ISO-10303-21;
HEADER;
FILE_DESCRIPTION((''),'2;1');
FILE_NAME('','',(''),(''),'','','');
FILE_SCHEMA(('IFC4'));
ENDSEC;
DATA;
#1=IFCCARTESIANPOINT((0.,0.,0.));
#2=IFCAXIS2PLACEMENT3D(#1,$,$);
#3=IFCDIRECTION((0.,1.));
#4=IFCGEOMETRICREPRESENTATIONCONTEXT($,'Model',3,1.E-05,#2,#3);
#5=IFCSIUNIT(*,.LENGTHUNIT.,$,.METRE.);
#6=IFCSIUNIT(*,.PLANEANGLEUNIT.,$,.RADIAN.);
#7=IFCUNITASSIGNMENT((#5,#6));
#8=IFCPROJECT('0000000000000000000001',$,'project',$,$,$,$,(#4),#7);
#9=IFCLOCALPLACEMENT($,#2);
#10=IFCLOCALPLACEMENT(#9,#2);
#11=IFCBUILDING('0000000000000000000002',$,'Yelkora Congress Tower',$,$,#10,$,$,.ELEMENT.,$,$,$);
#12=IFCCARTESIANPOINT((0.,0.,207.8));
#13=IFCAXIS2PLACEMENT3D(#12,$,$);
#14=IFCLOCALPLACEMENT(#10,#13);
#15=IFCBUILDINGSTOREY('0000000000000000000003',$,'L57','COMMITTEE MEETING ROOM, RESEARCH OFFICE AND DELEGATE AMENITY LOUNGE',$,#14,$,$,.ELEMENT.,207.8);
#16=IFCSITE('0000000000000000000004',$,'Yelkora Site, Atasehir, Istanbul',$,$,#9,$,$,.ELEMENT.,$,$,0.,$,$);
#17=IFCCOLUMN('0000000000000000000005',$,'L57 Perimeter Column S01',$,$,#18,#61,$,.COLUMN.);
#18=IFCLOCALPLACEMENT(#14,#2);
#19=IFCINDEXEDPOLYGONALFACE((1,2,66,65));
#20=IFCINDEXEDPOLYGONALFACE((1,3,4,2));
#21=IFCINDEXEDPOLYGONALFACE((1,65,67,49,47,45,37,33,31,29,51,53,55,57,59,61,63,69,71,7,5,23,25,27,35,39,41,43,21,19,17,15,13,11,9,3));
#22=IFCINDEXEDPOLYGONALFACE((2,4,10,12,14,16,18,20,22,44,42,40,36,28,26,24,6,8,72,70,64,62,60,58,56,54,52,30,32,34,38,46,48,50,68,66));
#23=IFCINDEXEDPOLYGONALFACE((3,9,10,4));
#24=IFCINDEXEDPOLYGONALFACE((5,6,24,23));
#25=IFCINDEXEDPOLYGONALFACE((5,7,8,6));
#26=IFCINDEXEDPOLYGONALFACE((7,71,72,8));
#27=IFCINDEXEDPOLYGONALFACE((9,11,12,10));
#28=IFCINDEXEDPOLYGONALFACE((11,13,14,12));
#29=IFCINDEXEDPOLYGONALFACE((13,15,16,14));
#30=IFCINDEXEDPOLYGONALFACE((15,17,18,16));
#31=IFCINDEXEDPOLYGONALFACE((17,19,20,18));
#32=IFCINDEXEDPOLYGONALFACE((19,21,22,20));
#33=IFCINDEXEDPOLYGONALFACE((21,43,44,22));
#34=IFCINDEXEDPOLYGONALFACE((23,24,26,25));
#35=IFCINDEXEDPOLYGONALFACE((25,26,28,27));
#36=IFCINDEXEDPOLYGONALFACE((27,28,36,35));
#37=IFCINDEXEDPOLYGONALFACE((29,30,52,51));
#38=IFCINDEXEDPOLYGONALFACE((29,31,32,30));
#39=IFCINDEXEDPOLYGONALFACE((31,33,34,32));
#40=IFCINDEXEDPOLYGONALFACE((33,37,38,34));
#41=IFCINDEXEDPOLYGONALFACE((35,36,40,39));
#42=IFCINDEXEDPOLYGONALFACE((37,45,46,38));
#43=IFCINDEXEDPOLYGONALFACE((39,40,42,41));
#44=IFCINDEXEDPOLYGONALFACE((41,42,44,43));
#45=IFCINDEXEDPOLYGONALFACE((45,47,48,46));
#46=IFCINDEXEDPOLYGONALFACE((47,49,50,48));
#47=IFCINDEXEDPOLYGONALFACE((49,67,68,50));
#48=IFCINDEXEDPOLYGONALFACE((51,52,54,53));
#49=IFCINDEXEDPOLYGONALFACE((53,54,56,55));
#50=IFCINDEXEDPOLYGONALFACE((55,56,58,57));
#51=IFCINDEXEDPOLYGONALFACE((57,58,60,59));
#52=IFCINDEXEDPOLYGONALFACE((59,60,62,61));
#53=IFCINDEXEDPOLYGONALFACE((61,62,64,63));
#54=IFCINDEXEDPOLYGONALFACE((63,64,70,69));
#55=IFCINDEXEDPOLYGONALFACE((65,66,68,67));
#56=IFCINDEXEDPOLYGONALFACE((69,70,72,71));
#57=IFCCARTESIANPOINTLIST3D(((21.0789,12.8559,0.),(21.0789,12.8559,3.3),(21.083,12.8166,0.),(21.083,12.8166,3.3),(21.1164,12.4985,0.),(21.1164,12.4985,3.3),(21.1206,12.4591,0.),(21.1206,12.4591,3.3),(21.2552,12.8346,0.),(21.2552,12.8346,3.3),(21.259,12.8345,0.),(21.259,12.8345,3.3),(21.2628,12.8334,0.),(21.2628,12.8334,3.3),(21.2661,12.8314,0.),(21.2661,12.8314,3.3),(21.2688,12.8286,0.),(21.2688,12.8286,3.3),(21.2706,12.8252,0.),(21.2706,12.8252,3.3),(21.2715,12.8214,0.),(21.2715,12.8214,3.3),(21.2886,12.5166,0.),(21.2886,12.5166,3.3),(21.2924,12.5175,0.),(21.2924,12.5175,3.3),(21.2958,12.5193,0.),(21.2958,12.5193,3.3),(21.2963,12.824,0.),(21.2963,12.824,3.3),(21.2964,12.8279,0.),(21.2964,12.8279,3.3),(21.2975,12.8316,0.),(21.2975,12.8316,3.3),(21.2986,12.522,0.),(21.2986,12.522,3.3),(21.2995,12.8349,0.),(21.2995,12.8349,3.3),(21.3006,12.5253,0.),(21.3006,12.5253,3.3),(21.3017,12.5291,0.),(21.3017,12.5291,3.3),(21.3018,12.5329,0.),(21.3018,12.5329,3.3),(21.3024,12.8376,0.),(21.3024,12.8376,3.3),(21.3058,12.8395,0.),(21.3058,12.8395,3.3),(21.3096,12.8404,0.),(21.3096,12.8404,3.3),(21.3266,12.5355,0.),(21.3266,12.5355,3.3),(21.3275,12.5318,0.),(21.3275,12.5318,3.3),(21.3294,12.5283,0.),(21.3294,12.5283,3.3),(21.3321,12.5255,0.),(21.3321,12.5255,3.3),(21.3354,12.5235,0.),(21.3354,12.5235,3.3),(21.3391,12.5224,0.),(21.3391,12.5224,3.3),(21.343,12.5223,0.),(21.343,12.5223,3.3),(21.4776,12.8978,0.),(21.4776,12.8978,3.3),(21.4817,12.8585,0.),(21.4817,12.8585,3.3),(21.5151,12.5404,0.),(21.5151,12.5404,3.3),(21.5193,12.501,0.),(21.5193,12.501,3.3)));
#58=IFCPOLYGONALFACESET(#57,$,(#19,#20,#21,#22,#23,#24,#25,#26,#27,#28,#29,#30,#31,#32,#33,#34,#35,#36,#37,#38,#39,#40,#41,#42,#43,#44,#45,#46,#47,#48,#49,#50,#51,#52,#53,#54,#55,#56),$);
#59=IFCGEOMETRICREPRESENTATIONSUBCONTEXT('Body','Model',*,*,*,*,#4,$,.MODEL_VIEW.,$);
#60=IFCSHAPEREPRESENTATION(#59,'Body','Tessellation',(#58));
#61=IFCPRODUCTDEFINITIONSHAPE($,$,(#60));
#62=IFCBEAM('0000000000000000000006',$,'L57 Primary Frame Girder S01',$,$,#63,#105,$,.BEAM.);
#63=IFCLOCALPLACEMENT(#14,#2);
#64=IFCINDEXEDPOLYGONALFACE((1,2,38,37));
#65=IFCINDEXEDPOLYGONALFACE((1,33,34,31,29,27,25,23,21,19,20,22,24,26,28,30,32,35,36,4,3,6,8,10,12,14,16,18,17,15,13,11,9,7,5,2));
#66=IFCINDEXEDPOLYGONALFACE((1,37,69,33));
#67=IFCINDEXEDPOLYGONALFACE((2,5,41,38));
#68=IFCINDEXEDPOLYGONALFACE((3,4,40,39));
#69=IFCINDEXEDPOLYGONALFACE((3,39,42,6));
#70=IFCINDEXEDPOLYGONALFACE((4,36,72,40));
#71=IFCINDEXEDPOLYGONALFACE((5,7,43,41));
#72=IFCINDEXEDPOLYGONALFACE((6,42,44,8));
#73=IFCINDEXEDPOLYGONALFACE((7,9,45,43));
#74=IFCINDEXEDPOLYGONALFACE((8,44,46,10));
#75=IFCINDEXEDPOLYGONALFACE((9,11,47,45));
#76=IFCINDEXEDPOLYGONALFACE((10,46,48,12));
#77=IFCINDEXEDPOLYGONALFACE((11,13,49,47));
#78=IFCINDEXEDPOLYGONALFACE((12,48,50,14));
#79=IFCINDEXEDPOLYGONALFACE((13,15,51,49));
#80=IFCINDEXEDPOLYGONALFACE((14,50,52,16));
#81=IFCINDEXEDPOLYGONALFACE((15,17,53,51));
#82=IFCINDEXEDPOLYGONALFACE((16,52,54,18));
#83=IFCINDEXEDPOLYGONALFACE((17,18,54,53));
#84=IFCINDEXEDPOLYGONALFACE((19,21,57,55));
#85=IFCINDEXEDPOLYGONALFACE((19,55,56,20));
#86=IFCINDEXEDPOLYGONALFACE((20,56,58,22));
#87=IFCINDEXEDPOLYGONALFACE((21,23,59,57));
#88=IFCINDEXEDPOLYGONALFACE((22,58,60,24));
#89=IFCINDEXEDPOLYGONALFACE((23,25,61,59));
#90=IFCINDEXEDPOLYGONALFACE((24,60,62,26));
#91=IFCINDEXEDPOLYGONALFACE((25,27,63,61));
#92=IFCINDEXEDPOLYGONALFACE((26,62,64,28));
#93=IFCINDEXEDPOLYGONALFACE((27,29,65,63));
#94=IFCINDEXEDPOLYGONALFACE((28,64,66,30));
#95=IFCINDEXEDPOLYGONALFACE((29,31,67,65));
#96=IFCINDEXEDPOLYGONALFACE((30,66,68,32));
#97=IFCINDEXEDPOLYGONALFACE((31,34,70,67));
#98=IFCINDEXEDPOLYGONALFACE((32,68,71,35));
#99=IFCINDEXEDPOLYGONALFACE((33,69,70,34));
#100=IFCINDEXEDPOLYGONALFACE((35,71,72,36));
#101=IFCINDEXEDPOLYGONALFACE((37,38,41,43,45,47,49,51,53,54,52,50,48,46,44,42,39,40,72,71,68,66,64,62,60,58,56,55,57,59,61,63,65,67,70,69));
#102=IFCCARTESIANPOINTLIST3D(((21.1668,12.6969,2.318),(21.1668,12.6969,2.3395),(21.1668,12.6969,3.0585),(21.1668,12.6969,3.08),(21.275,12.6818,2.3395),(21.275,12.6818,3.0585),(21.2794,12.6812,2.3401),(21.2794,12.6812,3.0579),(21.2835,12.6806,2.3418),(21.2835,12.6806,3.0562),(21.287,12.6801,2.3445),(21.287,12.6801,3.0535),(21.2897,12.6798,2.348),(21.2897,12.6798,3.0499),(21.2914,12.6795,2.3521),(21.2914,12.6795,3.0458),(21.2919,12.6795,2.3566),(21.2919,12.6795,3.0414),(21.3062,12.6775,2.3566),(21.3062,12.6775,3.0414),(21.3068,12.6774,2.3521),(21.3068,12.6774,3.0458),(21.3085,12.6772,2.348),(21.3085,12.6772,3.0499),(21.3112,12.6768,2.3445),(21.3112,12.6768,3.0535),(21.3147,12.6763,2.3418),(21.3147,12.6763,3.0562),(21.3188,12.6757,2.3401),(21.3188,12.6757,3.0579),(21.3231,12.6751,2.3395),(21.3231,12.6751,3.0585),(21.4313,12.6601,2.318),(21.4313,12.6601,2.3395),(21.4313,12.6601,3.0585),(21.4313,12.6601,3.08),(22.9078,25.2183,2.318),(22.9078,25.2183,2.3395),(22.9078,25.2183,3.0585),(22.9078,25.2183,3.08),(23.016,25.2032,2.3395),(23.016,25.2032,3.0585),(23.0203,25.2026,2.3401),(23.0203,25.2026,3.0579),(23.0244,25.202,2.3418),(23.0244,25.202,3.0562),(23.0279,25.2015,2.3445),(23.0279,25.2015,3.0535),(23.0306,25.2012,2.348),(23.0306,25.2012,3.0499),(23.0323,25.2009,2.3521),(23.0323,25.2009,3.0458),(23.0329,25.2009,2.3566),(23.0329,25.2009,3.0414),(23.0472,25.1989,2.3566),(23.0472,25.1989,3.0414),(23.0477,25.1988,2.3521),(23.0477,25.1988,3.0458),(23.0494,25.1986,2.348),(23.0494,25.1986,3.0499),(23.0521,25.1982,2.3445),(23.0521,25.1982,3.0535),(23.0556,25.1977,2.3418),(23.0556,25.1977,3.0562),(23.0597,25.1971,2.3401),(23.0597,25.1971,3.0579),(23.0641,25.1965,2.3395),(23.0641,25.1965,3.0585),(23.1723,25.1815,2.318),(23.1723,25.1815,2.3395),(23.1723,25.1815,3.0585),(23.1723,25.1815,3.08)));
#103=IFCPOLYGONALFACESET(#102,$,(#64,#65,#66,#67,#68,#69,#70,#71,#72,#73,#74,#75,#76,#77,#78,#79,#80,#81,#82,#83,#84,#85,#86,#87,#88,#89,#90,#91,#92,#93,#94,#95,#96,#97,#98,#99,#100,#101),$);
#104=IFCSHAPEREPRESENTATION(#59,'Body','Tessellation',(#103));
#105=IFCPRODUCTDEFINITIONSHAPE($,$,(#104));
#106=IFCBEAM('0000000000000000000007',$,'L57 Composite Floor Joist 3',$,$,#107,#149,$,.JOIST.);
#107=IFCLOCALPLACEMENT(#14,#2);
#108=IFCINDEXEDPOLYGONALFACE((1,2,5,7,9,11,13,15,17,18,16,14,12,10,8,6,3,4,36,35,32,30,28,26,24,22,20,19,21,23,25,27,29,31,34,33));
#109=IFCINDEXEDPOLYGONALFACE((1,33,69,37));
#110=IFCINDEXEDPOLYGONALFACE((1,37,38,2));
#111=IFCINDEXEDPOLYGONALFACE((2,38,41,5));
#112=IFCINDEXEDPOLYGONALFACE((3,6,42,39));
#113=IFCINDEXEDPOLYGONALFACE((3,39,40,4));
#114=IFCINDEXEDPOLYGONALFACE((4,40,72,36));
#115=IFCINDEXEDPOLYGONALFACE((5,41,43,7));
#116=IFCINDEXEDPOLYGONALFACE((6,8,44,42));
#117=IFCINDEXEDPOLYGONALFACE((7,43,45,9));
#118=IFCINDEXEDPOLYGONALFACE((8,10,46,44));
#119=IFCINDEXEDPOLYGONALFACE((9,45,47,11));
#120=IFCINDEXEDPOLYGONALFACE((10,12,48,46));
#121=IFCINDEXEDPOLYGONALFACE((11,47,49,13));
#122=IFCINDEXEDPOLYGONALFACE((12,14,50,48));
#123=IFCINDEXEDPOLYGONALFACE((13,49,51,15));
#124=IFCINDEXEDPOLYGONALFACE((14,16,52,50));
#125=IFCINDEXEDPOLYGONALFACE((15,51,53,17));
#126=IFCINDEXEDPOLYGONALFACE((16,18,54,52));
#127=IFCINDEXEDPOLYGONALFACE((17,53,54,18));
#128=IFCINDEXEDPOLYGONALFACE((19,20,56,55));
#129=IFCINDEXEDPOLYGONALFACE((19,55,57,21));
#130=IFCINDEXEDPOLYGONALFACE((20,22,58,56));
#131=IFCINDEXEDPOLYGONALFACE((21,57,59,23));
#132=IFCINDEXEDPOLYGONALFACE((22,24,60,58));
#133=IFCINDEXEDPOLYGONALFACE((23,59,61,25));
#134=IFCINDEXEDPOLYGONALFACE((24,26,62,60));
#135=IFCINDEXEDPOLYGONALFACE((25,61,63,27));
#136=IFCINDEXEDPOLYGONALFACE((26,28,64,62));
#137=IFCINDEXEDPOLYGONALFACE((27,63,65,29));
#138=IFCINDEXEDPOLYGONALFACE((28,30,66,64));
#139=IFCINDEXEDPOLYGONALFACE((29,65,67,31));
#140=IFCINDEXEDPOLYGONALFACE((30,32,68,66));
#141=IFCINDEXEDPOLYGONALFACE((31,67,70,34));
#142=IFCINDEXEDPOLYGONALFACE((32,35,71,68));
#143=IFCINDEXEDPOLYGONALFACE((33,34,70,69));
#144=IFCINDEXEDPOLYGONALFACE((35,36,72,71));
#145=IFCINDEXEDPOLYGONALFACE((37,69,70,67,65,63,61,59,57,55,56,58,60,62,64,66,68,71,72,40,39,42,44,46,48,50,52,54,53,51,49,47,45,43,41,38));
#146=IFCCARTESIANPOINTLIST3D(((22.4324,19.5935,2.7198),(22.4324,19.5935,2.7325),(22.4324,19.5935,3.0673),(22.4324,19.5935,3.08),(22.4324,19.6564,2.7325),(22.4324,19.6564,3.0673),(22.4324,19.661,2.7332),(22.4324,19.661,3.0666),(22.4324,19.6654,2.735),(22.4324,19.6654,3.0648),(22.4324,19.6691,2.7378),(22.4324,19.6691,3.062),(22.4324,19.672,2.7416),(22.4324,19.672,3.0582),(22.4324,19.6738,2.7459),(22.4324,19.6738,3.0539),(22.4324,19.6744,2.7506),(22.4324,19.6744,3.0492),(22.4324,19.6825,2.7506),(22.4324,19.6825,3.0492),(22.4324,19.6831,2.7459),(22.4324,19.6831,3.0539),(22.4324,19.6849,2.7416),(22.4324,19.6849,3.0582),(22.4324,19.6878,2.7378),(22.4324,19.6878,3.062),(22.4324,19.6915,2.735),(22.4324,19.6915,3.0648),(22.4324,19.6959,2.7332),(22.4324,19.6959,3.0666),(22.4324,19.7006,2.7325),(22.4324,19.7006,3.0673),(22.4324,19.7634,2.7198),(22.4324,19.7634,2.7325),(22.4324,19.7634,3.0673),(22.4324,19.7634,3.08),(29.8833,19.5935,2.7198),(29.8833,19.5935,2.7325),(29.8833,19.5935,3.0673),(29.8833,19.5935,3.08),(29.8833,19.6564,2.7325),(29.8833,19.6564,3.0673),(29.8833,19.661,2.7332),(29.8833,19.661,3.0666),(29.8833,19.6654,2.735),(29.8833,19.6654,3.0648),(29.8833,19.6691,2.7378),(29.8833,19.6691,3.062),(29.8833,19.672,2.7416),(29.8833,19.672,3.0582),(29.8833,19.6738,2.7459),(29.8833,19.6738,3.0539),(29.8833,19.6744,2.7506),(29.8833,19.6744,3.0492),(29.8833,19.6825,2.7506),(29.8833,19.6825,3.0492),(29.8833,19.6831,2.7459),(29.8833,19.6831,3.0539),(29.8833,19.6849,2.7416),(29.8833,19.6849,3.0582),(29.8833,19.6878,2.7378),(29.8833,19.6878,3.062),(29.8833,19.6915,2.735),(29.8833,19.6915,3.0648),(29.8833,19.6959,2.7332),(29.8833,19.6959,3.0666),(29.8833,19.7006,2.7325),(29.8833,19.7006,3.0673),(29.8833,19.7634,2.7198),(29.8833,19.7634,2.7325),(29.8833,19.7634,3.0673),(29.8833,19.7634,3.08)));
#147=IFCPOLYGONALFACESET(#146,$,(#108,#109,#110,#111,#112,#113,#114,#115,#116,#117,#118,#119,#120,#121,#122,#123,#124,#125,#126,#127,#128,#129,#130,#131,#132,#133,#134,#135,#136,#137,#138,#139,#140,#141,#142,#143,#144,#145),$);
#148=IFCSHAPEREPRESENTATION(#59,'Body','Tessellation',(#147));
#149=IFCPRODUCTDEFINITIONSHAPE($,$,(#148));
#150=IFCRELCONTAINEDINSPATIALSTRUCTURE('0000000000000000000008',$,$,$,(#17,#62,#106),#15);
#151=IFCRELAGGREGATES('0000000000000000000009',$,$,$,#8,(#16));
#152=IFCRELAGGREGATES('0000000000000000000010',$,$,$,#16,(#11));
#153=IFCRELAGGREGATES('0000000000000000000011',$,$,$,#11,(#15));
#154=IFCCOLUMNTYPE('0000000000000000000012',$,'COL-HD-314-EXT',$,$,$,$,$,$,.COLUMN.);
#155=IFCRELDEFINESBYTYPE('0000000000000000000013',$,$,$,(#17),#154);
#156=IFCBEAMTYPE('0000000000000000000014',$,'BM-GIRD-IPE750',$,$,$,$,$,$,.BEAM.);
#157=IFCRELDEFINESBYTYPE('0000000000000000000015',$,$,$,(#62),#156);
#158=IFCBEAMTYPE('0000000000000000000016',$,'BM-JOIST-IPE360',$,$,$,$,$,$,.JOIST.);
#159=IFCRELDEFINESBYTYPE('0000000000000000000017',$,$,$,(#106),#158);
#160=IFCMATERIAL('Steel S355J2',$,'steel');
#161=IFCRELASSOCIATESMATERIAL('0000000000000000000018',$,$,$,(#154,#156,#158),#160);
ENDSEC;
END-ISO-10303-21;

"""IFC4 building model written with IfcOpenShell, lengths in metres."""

from ifc_helpers import new_model, si_unit, direction, frame, origin, origin_2d, place, context, subcontext, project, spatial, i_section, extrude, material, material_profile, profile_set, type_object, element, save


model = new_model("IFC4")

# Units and contexts
model_context = context("Model", 3, precision=1e-05, world=origin(), true_north=direction((0.0, 1.0)))
body_context = subcontext(model_context, "Body", "Model", "MODEL_VIEW")
ifc_project = project(units=[si_unit("LENGTHUNIT", "METRE"), si_unit("PLANEANGLEUNIT", "RADIAN")], contexts=[model_context])

# Site, building, storey
site_placement = place(None, origin())
site = spatial("IfcSite", under=ifc_project, at=site_placement, Name="Yelkora Site, Atasehir, Istanbul", CompositionType="ELEMENT", RefElevation=0.0)
building_placement = place(site_placement, origin())
building = spatial("IfcBuilding", under=site, at=building_placement, Name="Yelkora Congress Tower", CompositionType="ELEMENT")
storey_placement = place(building_placement, frame((0.0, 0.0, 207.8)))
storey = spatial("IfcBuildingStorey", under=building, at=storey_placement, Name="L57", Description="COMMITTEE MEETING ROOM, RESEARCH OFFICE AND DELEGATE AMENITY LOUNGE", CompositionType="ELEMENT", Elevation=207.8)

# Column
ifc_material_1 = material(Name="Steel S355J2", Category="steel")
ifc_material_profile_1 = material_profile(ifc_material_1, i_section(OverallWidth=0.4009, OverallDepth=0.3989, WebThickness=0.0249, FlangeThickness=0.0396, FilletRadius=0.0149, at=origin_2d()), Name="HD 400x314")
ifc_profile_set_1 = profile_set([ifc_material_profile_1], Name="Steel S355J2")
column_type = type_object("IfcColumnType", Name="COL-HD-314-EXT", PredefinedType="COLUMN", material=ifc_profile_set_1)
column_placement = place(storey_placement, frame((21.2991, 12.6785, 0.0), z_axis=(0.0, 0.0, 1.0), x_axis=(0.994522, 0.104528, 0.0)))
element("IfcColumn", 1, at=column_placement, inside=storey, type_object=column_type, Name="L57 Perimeter Column S01", PredefinedType="COLUMN", context=body_context, shape_type="SweptSolid", body=[
    extrude(i_section(OverallWidth=0.4009, OverallDepth=0.3989, WebThickness=0.0249, FlangeThickness=0.0396, FilletRadius=0.0149, at=origin_2d()), origin(), (0.0, 0.0, 1.0), 3.3),
])

# Beams
ifc_material_profile_2 = material_profile(ifc_material_1, i_section(OverallWidth=0.2671, OverallDepth=0.762, WebThickness=0.0144, FlangeThickness=0.0215, FilletRadius=0.0171, at=origin_2d()), Name="IPE 750x173")
ifc_profile_set_2 = profile_set([ifc_material_profile_2], Name="Steel S355J2")
beam_type_1 = type_object("IfcBeamType", Name="BM-GIRD-IPE750", PredefinedType="BEAM", material=ifc_profile_set_2)
beam_1_placement = place(storey_placement, frame((21.2991, 12.6785, 2.699), z_axis=(0.137714, 0.990472, 0.0), x_axis=(-0.990472, 0.137714, 0.0)))
element("IfcBeam", 2, at=beam_1_placement, inside=storey, type_object=beam_type_1, Name="L57 Primary Frame Girder S01", PredefinedType="BEAM", context=body_context, shape_type="SweptSolid", body=[
    extrude(i_section(OverallWidth=0.2671, OverallDepth=0.762, WebThickness=0.0144, FlangeThickness=0.0215, FilletRadius=0.0171, at=origin_2d()), origin(), (0.0, 0.0, 1.0), 12.6418),
])
ifc_material_profile_3 = material_profile(ifc_material_1, i_section(OverallWidth=0.1699, OverallDepth=0.3601, WebThickness=0.0081, FlangeThickness=0.0127, FilletRadius=0.0181, at=origin_2d()), Name="IPE 360")
ifc_profile_set_3 = profile_set([ifc_material_profile_3], Name="Steel S355J2")
beam_type_2 = type_object("IfcBeamType", Name="BM-JOIST-IPE360", PredefinedType="JOIST", material=ifc_profile_set_3)
beam_2_placement = place(storey_placement, frame((22.4324, 19.6785, 2.8999), z_axis=(1.0, 0.0, 0.0), x_axis=(0.0, 1.0, 0.0)))
element("IfcBeam", 3, at=beam_2_placement, inside=storey, type_object=beam_type_2, Name="L57 Composite Floor Joist 3", PredefinedType="JOIST", context=body_context, shape_type="SweptSolid", body=[
    extrude(i_section(OverallWidth=0.1699, OverallDepth=0.3601, WebThickness=0.0081, FlangeThickness=0.0127, FilletRadius=0.0181, at=origin_2d()), origin(), (0.0, 0.0, 1.0), 7.4509),
])

save(model, "model.ifc")
